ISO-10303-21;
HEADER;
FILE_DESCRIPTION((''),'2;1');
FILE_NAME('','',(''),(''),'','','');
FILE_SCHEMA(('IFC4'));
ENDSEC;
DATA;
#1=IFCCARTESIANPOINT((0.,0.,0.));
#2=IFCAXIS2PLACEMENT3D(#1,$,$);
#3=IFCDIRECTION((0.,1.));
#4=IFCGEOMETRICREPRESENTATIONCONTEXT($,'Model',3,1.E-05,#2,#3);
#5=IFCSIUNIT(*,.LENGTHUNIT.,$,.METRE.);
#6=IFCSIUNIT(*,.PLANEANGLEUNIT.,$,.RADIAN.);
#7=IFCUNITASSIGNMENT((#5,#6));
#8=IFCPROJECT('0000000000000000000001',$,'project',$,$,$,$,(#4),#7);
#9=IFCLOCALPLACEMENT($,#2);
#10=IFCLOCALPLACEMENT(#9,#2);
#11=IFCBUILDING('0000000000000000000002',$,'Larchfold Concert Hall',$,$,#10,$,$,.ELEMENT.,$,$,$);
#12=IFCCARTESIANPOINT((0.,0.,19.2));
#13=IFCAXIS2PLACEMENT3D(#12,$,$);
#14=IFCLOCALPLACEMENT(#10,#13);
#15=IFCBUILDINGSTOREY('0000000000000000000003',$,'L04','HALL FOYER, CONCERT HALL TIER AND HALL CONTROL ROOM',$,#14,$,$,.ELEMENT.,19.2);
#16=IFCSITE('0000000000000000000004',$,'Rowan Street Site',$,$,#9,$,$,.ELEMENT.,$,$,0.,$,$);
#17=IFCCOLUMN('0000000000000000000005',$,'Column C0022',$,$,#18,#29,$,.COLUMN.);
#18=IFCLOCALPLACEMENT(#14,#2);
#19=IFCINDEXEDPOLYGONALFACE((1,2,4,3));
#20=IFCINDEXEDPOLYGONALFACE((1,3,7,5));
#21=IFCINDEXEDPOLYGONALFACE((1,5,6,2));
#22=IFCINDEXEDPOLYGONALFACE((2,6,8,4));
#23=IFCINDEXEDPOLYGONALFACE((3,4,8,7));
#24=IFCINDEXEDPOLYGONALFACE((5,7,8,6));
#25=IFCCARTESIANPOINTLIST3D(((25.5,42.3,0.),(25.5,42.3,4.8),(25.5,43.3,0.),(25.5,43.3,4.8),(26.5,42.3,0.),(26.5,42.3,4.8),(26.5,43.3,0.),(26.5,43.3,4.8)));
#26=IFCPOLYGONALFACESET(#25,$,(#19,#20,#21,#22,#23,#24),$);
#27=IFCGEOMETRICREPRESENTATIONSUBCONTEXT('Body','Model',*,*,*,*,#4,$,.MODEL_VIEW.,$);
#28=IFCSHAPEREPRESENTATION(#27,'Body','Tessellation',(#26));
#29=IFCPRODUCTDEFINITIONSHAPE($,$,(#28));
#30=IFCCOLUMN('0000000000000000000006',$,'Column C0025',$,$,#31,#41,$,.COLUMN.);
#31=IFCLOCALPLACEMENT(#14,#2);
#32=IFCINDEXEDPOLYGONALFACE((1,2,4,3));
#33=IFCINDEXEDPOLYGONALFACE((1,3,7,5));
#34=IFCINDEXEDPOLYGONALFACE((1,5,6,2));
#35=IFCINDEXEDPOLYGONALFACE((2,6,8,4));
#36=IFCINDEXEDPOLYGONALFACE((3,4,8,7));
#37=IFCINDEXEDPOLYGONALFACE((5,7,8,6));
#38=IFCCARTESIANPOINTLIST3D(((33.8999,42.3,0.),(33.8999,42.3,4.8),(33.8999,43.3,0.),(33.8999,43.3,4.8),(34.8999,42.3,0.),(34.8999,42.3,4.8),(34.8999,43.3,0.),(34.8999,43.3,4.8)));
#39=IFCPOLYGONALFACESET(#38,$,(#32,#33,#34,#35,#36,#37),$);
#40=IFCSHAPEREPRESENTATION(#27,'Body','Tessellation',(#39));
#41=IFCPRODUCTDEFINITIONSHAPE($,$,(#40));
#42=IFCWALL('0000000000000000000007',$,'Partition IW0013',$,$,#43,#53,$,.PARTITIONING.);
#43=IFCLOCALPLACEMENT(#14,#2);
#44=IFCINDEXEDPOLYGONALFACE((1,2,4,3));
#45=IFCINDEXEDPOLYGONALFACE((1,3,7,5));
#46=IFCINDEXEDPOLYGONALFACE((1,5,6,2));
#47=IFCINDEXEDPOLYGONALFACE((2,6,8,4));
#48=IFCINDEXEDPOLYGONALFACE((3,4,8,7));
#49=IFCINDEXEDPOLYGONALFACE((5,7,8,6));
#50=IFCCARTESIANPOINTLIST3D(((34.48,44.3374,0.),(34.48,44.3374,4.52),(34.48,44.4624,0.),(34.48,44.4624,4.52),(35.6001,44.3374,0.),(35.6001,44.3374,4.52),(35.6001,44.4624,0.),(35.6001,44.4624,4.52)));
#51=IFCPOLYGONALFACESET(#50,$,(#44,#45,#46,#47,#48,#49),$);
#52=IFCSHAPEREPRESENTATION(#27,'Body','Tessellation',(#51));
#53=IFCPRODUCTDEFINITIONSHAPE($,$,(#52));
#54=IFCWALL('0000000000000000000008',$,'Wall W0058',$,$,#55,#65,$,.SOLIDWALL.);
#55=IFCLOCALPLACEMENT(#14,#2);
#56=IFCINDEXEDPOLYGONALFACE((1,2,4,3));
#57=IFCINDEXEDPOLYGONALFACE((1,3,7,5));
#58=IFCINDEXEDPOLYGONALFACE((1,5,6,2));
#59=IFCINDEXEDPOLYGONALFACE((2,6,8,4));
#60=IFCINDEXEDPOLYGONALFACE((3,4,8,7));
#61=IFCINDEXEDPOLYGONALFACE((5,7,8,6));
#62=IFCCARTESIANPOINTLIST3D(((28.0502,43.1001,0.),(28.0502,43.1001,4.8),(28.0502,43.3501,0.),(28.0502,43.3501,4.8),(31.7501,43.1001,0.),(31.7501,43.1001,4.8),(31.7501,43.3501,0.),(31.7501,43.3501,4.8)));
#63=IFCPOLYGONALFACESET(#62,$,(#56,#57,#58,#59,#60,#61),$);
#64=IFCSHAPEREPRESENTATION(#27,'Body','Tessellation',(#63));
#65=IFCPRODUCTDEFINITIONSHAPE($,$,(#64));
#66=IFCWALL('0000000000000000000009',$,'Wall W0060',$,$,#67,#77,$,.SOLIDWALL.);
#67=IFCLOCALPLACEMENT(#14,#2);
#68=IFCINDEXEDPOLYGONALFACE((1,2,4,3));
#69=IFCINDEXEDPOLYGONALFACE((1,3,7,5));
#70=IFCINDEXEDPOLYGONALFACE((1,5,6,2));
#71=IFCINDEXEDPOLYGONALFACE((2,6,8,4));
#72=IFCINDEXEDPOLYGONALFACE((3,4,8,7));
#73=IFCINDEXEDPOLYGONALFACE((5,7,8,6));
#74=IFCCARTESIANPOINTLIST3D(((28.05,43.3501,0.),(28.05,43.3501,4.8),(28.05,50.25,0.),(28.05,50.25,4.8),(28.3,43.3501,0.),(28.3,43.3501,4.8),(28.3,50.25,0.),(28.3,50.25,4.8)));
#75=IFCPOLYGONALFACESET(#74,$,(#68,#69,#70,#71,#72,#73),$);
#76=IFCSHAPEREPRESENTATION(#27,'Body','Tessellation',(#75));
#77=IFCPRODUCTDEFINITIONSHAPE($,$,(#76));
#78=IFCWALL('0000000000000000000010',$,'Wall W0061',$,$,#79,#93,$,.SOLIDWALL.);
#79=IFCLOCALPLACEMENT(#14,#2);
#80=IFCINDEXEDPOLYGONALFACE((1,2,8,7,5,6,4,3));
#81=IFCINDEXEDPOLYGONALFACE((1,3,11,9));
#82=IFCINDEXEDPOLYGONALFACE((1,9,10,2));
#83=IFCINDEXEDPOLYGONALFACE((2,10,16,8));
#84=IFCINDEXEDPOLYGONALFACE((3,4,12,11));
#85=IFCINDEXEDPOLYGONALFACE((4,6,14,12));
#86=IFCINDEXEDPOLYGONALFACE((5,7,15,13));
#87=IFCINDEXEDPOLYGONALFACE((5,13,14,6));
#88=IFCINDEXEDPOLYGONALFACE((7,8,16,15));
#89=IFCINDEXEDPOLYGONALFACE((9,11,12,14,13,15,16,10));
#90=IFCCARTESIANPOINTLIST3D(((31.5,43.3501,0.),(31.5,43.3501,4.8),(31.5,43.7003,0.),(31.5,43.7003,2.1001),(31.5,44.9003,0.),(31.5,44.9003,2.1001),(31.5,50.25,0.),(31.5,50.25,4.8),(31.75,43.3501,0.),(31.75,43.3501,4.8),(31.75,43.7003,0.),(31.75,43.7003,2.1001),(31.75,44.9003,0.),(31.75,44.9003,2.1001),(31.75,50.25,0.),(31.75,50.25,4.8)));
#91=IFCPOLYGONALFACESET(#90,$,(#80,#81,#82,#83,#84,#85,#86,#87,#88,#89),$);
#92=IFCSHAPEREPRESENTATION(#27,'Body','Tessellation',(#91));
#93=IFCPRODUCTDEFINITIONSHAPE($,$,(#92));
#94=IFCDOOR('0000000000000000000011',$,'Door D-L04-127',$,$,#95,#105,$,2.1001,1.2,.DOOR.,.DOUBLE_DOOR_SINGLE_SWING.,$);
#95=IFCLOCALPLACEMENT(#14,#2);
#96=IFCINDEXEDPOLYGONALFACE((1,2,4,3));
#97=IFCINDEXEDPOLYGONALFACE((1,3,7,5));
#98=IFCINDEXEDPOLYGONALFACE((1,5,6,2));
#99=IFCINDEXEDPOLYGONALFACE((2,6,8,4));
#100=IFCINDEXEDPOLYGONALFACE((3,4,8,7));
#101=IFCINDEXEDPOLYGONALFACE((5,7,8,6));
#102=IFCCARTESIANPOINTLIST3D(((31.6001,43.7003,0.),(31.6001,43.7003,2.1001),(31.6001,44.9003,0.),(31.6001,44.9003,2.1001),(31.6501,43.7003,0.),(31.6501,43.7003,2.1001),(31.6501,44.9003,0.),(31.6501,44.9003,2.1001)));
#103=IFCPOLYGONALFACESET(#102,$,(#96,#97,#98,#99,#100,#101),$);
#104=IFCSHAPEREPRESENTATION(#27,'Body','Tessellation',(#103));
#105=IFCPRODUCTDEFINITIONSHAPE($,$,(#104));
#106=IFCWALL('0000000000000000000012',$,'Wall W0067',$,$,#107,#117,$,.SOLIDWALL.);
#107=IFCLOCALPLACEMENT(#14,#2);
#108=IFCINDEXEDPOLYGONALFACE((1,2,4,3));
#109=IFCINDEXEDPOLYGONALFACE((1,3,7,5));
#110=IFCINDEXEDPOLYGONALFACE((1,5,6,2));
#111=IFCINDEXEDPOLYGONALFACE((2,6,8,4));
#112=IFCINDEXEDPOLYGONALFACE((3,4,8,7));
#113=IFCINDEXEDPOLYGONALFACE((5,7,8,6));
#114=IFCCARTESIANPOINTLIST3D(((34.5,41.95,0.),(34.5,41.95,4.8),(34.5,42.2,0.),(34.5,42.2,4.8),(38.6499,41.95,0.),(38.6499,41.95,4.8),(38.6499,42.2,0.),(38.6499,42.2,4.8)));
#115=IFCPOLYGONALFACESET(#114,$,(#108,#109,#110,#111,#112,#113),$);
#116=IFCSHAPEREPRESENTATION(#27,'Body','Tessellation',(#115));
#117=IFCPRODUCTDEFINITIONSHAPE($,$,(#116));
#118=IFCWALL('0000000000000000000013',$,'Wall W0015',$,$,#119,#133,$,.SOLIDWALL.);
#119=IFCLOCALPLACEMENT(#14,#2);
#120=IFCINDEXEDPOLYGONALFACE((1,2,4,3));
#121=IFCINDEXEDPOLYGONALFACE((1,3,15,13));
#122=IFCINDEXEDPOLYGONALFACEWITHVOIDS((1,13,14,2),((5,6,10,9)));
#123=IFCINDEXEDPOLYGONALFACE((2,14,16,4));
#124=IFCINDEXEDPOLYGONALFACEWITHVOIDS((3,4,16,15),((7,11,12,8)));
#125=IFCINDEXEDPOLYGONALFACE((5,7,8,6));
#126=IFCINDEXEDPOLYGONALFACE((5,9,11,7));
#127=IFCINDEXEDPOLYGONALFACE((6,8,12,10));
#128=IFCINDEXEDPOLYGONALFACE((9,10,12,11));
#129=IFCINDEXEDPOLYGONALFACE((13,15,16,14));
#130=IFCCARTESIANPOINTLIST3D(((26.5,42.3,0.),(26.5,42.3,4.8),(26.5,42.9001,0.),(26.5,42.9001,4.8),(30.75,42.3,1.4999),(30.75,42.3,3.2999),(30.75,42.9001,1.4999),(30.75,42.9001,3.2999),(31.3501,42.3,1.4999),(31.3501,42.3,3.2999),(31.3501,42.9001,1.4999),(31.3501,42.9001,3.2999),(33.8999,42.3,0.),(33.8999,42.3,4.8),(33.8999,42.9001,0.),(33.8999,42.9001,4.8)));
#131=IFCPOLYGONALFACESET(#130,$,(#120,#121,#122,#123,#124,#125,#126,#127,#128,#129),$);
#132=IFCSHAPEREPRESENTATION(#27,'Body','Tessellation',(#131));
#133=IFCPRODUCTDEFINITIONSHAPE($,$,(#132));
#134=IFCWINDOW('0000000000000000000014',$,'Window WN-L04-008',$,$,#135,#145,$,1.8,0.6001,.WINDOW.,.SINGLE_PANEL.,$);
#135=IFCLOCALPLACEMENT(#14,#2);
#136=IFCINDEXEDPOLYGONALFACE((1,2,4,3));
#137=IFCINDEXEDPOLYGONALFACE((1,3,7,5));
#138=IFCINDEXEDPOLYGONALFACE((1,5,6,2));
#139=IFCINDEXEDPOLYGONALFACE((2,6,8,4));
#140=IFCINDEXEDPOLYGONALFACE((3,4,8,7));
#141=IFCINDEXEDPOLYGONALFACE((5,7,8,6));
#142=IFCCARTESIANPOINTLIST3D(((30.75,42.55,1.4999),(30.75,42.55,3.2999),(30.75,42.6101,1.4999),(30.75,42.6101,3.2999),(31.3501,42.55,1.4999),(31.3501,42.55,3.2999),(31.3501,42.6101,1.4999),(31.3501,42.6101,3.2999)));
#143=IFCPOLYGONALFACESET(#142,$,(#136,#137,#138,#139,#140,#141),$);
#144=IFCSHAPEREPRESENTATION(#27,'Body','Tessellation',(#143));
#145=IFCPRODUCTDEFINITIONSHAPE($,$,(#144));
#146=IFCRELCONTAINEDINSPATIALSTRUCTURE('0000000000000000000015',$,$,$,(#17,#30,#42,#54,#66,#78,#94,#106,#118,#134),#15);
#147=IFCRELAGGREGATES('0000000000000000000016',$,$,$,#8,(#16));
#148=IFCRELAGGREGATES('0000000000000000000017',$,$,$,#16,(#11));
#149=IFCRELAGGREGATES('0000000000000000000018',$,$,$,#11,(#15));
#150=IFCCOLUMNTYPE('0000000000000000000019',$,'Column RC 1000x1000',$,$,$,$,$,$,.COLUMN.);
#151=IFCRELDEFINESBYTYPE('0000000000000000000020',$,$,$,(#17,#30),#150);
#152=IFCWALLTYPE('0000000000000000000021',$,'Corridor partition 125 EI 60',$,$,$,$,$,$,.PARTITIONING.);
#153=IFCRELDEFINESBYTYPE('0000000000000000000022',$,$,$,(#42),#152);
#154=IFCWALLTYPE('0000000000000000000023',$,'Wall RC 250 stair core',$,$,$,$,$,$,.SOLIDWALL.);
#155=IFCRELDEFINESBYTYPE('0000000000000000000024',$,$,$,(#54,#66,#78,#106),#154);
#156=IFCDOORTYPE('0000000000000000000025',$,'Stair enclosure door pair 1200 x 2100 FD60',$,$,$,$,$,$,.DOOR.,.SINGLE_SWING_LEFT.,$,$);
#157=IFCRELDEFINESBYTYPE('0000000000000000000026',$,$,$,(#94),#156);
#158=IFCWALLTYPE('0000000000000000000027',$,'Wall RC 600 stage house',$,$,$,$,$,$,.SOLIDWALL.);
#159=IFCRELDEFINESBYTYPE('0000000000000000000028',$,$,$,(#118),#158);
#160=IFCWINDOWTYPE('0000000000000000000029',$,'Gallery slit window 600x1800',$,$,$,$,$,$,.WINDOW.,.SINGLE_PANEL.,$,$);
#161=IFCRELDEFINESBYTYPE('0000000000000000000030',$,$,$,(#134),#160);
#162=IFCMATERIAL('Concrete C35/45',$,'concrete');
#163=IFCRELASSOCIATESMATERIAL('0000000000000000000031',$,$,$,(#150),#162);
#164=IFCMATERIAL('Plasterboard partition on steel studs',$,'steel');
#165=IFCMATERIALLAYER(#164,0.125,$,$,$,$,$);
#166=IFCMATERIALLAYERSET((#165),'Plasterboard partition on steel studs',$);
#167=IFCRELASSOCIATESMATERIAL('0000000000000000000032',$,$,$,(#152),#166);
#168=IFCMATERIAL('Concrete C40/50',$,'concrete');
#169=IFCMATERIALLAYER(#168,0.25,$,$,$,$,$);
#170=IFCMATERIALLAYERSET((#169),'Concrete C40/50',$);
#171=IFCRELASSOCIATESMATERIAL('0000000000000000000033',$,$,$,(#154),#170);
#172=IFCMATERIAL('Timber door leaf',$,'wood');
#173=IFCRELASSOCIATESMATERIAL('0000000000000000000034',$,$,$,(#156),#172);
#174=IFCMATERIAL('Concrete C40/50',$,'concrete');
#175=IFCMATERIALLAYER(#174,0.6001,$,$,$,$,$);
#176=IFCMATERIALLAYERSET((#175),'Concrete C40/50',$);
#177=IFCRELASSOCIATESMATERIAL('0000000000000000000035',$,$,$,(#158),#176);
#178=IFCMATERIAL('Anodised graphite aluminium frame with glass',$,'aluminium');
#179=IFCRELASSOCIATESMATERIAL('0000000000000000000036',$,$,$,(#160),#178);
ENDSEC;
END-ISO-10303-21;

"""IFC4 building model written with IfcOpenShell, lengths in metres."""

from ifc_helpers import new_model, si_unit, direction, frame, frame_2d, origin, origin_2d, place, context, subcontext, project, spatial, rectangle, extrude, material, layer, layer_set, material_profile, profile_set, type_object, element, fill, save


model = new_model("IFC4")

# Units and contexts
model_context = context("Model", 3, precision=1e-05, world=origin(), true_north=direction((0.0, 1.0)))
body_context = subcontext(model_context, "Body", "Model", "MODEL_VIEW")
ifc_project = project(units=[si_unit("LENGTHUNIT", "METRE"), si_unit("PLANEANGLEUNIT", "RADIAN")], contexts=[model_context])

# Site, building, storey
site_placement = place(None, origin())
site = spatial("IfcSite", under=ifc_project, at=site_placement, Name="Rowan Street Site", CompositionType="ELEMENT", RefElevation=0.0)
building_placement = place(site_placement, origin())
building = spatial("IfcBuilding", under=site, at=building_placement, Name="Larchfold Concert Hall", CompositionType="ELEMENT")
storey_placement = place(building_placement, frame((0.0, 0.0, 19.2)))
storey = spatial("IfcBuildingStorey", under=building, at=storey_placement, Name="L04", Description="HALL FOYER, CONCERT HALL TIER AND HALL CONTROL ROOM", CompositionType="ELEMENT", Elevation=19.2)

# Columns
ifc_material_1 = material(Name="Concrete C35/45", Category="concrete")
ifc_material_profile = material_profile(ifc_material_1, rectangle(XDim=1.0, YDim=1.0, at=origin_2d()))
ifc_profile_set = profile_set([ifc_material_profile], Name="Concrete C35/45")
column_type = type_object("IfcColumnType", Name="Column RC 1000x1000", PredefinedType="COLUMN", material=ifc_profile_set)
for number, where, z_axis, x_axis, name in (
    (1, (26.0, 42.8, 0.0), (0.0, 0.0, 1.0), (1.0, 0.0, 0.0), "Column C0022"),
    (2, (34.3999, 42.8, 0.0), (0.0, 0.0, 1.0), (1.0, 0.0, 0.0), "Column C0025"),
):
    element("IfcColumn", number, at=place(storey_placement, frame(where, z_axis=z_axis, x_axis=x_axis)), inside=storey, type_object=column_type, Name=name, PredefinedType="COLUMN", context=body_context, shape_type="SweptSolid", body=[
        extrude(rectangle(XDim=1.0, YDim=1.0, at=origin_2d()), origin(), (0.0, 0.0, 1.0), 4.8),
    ])

# Walls
ifc_material_2 = material(Name="Plasterboard partition on steel studs", Category="steel")
ifc_layer_1 = layer(ifc_material_2, 0.125)
ifc_layer_set_1 = layer_set([ifc_layer_1], Name="Plasterboard partition on steel studs")
wall_type_1 = type_object("IfcWallType", Name="Corridor partition 125 EI 60", PredefinedType="PARTITIONING", material=ifc_layer_set_1)
wall_1_placement = place(storey_placement, frame((34.48, 44.3999, 0.0), z_axis=(0.0, 0.0, 1.0), x_axis=(1.0, 0.0, 0.0)))
element("IfcWall", 3, at=wall_1_placement, inside=storey, type_object=wall_type_1, Name="Partition IW0013", PredefinedType="PARTITIONING", context=body_context, shape_type="SweptSolid", body=[
    extrude(rectangle(XDim=1.1201, YDim=0.125, at=frame_2d((0.5601, 0.0))), origin(), (0.0, 0.0, 1.0), 4.52),
])
ifc_material_3 = material(Name="Concrete C40/50", Category="concrete")
ifc_layer_2 = layer(ifc_material_3, 0.25)
ifc_layer_set_2 = layer_set([ifc_layer_2], Name="Concrete C40/50")
wall_type_2 = type_object("IfcWallType", Name="Wall RC 250 stair core", PredefinedType="SOLIDWALL", material=ifc_layer_set_2)
wall_2_placement = place(storey_placement, frame((28.05, 43.2251, 0.0), z_axis=(0.0, 0.0, 1.0), x_axis=(1.0, 0.0, 0.0)))
element("IfcWall", 4, at=wall_2_placement, inside=storey, type_object=wall_type_2, Name="Wall W0058", PredefinedType="SOLIDWALL", context=body_context, shape_type="SweptSolid", body=[
    extrude(rectangle(XDim=3.7, YDim=0.25, at=frame_2d((1.8501, 0.0))), origin(), (0.0, 0.0, 1.0), 4.8),
])
wall_3_placement = place(storey_placement, frame((28.175, 43.3501, 0.0), z_axis=(0.0, 0.0, 1.0), x_axis=(0.0, 1.0, 0.0)))
element("IfcWall", 5, at=wall_3_placement, inside=storey, type_object=wall_type_2, Name="Wall W0060", PredefinedType="SOLIDWALL", context=body_context, shape_type="SweptSolid", body=[
    extrude(rectangle(XDim=6.8999, YDim=0.25, at=frame_2d((3.45, 0.0))), origin(), (0.0, 0.0, 1.0), 4.8),
])

# Wall, opening, door
wall_4_placement = place(storey_placement, frame((31.625, 43.3501, 0.0), z_axis=(0.0, 0.0, 1.0), x_axis=(0.0, 1.0, 0.0)))
wall_4 = element("IfcWall", 6, at=wall_4_placement, inside=storey, type_object=wall_type_2, Name="Wall W0061", PredefinedType="SOLIDWALL", context=body_context, shape_type="SweptSolid", body=[
    extrude(rectangle(XDim=6.8999, YDim=0.25, at=frame_2d((3.45, 0.0))), origin(), (0.0, 0.0, 1.0), 4.8),
])
opening_1_placement = place(wall_4_placement, frame((0.3501, 0.0, 0.0)))
opening_1 = element("IfcOpeningElement", 7, at=opening_1_placement, cuts=wall_4, PredefinedType="OPENING", context=body_context, shape_type="SweptSolid", body=[
    extrude(rectangle(XDim=1.2, YDim=2.1001, at=frame_2d((0.6001, 1.05))), frame((0.0, 0.135, 0.0), z_axis=(0.0, -1.0, 0.0), x_axis=(1.0, 0.0, 0.0)), (0.0, 0.0, 1.0), 0.27),
])
ifc_material_4 = material(Name="Timber door leaf", Category="wood")
door_type = type_object("IfcDoorType", Name="Stair enclosure door pair 1200 x 2100 FD60", OperationType="SINGLE_SWING_LEFT", PredefinedType="DOOR", material=ifc_material_4)
door_placement = place(opening_1_placement, origin())
door = element("IfcDoor", 8, at=door_placement, inside=storey, type_object=door_type, Name="Door D-L04-127", OperationType="DOUBLE_DOOR_SINGLE_SWING", OverallHeight=2.1001, OverallWidth=1.2, PredefinedType="DOOR", context=body_context, shape_type="SweptSolid", body=[
    extrude(rectangle(XDim=1.2, YDim=2.1001, at=frame_2d((0.6001, 1.05))), frame((0.0, 0.0249, 0.0), z_axis=(0.0, -1.0, 0.0), x_axis=(1.0, 0.0, 0.0)), (0.0, 0.0, 1.0), 0.05),
])
fill(opening_1, door)

# Wall
wall_5_placement = place(storey_placement, frame((34.5, 42.075, 0.0), z_axis=(0.0, 0.0, 1.0), x_axis=(1.0, 0.0, 0.0)))
element("IfcWall", 9, at=wall_5_placement, inside=storey, type_object=wall_type_2, Name="Wall W0067", PredefinedType="SOLIDWALL", context=body_context, shape_type="SweptSolid", body=[
    extrude(rectangle(XDim=4.1499, YDim=0.25, at=frame_2d((2.075, 0.0))), origin(), (0.0, 0.0, 1.0), 4.8),
])

# Wall, opening, window
ifc_material_5 = material(Name="Concrete C40/50", Category="concrete")
ifc_layer_3 = layer(ifc_material_5, 0.6001)
ifc_layer_set_3 = layer_set([ifc_layer_3], Name="Concrete C40/50")
wall_type_3 = type_object("IfcWallType", Name="Wall RC 600 stage house", PredefinedType="SOLIDWALL", material=ifc_layer_set_3)
wall_6_placement = place(storey_placement, frame((26.5, 42.6001, 0.0), z_axis=(0.0, 0.0, 1.0), x_axis=(1.0, 0.0, 0.0)))
wall_6 = element("IfcWall", 10, at=wall_6_placement, inside=storey, type_object=wall_type_3, Name="Wall W0015", PredefinedType="SOLIDWALL", context=body_context, shape_type="SweptSolid", body=[
    extrude(rectangle(XDim=7.3999, YDim=0.6001, at=frame_2d((3.7, 0.0))), origin(), (0.0, 0.0, 1.0), 4.8),
])
opening_2_placement = place(wall_6_placement, frame((4.25, 0.0, 1.5)))
opening_2 = element("IfcOpeningElement", 11, at=opening_2_placement, cuts=wall_6, PredefinedType="OPENING", context=body_context, shape_type="SweptSolid", body=[
    extrude(rectangle(XDim=0.6001, YDim=1.8, at=frame_2d((0.3, 0.8999))), frame((0.0, 0.3101, 0.0), z_axis=(0.0, -1.0, 0.0), x_axis=(1.0, 0.0, 0.0)), (0.0, 0.0, 1.0), 0.6201),
])
ifc_material_6 = material(Name="Anodised graphite aluminium frame with glass", Category="aluminium")
window_type = type_object("IfcWindowType", Name="Gallery slit window 600x1800", PartitioningType="SINGLE_PANEL", PredefinedType="WINDOW", material=ifc_material_6)
window_1_placement = place(opening_2_placement, origin())
window_1 = element("IfcWindow", 12, at=window_1_placement, inside=storey, type_object=window_type, Name="Window WN-L04-008", OverallHeight=1.8, OverallWidth=0.6001, PartitioningType="SINGLE_PANEL", PredefinedType="WINDOW", context=body_context, shape_type="SweptSolid", body=[
    extrude(rectangle(XDim=0.6001, YDim=1.8, at=frame_2d((0.3, 0.8999))), frame((0.0, 0.01, 0.0), z_axis=(0.0, -1.0, 0.0), x_axis=(1.0, 0.0, 0.0)), (0.0, 0.0, 1.0), 0.0601),
])
fill(opening_2, window_1)

save(model, "model.ifc")
